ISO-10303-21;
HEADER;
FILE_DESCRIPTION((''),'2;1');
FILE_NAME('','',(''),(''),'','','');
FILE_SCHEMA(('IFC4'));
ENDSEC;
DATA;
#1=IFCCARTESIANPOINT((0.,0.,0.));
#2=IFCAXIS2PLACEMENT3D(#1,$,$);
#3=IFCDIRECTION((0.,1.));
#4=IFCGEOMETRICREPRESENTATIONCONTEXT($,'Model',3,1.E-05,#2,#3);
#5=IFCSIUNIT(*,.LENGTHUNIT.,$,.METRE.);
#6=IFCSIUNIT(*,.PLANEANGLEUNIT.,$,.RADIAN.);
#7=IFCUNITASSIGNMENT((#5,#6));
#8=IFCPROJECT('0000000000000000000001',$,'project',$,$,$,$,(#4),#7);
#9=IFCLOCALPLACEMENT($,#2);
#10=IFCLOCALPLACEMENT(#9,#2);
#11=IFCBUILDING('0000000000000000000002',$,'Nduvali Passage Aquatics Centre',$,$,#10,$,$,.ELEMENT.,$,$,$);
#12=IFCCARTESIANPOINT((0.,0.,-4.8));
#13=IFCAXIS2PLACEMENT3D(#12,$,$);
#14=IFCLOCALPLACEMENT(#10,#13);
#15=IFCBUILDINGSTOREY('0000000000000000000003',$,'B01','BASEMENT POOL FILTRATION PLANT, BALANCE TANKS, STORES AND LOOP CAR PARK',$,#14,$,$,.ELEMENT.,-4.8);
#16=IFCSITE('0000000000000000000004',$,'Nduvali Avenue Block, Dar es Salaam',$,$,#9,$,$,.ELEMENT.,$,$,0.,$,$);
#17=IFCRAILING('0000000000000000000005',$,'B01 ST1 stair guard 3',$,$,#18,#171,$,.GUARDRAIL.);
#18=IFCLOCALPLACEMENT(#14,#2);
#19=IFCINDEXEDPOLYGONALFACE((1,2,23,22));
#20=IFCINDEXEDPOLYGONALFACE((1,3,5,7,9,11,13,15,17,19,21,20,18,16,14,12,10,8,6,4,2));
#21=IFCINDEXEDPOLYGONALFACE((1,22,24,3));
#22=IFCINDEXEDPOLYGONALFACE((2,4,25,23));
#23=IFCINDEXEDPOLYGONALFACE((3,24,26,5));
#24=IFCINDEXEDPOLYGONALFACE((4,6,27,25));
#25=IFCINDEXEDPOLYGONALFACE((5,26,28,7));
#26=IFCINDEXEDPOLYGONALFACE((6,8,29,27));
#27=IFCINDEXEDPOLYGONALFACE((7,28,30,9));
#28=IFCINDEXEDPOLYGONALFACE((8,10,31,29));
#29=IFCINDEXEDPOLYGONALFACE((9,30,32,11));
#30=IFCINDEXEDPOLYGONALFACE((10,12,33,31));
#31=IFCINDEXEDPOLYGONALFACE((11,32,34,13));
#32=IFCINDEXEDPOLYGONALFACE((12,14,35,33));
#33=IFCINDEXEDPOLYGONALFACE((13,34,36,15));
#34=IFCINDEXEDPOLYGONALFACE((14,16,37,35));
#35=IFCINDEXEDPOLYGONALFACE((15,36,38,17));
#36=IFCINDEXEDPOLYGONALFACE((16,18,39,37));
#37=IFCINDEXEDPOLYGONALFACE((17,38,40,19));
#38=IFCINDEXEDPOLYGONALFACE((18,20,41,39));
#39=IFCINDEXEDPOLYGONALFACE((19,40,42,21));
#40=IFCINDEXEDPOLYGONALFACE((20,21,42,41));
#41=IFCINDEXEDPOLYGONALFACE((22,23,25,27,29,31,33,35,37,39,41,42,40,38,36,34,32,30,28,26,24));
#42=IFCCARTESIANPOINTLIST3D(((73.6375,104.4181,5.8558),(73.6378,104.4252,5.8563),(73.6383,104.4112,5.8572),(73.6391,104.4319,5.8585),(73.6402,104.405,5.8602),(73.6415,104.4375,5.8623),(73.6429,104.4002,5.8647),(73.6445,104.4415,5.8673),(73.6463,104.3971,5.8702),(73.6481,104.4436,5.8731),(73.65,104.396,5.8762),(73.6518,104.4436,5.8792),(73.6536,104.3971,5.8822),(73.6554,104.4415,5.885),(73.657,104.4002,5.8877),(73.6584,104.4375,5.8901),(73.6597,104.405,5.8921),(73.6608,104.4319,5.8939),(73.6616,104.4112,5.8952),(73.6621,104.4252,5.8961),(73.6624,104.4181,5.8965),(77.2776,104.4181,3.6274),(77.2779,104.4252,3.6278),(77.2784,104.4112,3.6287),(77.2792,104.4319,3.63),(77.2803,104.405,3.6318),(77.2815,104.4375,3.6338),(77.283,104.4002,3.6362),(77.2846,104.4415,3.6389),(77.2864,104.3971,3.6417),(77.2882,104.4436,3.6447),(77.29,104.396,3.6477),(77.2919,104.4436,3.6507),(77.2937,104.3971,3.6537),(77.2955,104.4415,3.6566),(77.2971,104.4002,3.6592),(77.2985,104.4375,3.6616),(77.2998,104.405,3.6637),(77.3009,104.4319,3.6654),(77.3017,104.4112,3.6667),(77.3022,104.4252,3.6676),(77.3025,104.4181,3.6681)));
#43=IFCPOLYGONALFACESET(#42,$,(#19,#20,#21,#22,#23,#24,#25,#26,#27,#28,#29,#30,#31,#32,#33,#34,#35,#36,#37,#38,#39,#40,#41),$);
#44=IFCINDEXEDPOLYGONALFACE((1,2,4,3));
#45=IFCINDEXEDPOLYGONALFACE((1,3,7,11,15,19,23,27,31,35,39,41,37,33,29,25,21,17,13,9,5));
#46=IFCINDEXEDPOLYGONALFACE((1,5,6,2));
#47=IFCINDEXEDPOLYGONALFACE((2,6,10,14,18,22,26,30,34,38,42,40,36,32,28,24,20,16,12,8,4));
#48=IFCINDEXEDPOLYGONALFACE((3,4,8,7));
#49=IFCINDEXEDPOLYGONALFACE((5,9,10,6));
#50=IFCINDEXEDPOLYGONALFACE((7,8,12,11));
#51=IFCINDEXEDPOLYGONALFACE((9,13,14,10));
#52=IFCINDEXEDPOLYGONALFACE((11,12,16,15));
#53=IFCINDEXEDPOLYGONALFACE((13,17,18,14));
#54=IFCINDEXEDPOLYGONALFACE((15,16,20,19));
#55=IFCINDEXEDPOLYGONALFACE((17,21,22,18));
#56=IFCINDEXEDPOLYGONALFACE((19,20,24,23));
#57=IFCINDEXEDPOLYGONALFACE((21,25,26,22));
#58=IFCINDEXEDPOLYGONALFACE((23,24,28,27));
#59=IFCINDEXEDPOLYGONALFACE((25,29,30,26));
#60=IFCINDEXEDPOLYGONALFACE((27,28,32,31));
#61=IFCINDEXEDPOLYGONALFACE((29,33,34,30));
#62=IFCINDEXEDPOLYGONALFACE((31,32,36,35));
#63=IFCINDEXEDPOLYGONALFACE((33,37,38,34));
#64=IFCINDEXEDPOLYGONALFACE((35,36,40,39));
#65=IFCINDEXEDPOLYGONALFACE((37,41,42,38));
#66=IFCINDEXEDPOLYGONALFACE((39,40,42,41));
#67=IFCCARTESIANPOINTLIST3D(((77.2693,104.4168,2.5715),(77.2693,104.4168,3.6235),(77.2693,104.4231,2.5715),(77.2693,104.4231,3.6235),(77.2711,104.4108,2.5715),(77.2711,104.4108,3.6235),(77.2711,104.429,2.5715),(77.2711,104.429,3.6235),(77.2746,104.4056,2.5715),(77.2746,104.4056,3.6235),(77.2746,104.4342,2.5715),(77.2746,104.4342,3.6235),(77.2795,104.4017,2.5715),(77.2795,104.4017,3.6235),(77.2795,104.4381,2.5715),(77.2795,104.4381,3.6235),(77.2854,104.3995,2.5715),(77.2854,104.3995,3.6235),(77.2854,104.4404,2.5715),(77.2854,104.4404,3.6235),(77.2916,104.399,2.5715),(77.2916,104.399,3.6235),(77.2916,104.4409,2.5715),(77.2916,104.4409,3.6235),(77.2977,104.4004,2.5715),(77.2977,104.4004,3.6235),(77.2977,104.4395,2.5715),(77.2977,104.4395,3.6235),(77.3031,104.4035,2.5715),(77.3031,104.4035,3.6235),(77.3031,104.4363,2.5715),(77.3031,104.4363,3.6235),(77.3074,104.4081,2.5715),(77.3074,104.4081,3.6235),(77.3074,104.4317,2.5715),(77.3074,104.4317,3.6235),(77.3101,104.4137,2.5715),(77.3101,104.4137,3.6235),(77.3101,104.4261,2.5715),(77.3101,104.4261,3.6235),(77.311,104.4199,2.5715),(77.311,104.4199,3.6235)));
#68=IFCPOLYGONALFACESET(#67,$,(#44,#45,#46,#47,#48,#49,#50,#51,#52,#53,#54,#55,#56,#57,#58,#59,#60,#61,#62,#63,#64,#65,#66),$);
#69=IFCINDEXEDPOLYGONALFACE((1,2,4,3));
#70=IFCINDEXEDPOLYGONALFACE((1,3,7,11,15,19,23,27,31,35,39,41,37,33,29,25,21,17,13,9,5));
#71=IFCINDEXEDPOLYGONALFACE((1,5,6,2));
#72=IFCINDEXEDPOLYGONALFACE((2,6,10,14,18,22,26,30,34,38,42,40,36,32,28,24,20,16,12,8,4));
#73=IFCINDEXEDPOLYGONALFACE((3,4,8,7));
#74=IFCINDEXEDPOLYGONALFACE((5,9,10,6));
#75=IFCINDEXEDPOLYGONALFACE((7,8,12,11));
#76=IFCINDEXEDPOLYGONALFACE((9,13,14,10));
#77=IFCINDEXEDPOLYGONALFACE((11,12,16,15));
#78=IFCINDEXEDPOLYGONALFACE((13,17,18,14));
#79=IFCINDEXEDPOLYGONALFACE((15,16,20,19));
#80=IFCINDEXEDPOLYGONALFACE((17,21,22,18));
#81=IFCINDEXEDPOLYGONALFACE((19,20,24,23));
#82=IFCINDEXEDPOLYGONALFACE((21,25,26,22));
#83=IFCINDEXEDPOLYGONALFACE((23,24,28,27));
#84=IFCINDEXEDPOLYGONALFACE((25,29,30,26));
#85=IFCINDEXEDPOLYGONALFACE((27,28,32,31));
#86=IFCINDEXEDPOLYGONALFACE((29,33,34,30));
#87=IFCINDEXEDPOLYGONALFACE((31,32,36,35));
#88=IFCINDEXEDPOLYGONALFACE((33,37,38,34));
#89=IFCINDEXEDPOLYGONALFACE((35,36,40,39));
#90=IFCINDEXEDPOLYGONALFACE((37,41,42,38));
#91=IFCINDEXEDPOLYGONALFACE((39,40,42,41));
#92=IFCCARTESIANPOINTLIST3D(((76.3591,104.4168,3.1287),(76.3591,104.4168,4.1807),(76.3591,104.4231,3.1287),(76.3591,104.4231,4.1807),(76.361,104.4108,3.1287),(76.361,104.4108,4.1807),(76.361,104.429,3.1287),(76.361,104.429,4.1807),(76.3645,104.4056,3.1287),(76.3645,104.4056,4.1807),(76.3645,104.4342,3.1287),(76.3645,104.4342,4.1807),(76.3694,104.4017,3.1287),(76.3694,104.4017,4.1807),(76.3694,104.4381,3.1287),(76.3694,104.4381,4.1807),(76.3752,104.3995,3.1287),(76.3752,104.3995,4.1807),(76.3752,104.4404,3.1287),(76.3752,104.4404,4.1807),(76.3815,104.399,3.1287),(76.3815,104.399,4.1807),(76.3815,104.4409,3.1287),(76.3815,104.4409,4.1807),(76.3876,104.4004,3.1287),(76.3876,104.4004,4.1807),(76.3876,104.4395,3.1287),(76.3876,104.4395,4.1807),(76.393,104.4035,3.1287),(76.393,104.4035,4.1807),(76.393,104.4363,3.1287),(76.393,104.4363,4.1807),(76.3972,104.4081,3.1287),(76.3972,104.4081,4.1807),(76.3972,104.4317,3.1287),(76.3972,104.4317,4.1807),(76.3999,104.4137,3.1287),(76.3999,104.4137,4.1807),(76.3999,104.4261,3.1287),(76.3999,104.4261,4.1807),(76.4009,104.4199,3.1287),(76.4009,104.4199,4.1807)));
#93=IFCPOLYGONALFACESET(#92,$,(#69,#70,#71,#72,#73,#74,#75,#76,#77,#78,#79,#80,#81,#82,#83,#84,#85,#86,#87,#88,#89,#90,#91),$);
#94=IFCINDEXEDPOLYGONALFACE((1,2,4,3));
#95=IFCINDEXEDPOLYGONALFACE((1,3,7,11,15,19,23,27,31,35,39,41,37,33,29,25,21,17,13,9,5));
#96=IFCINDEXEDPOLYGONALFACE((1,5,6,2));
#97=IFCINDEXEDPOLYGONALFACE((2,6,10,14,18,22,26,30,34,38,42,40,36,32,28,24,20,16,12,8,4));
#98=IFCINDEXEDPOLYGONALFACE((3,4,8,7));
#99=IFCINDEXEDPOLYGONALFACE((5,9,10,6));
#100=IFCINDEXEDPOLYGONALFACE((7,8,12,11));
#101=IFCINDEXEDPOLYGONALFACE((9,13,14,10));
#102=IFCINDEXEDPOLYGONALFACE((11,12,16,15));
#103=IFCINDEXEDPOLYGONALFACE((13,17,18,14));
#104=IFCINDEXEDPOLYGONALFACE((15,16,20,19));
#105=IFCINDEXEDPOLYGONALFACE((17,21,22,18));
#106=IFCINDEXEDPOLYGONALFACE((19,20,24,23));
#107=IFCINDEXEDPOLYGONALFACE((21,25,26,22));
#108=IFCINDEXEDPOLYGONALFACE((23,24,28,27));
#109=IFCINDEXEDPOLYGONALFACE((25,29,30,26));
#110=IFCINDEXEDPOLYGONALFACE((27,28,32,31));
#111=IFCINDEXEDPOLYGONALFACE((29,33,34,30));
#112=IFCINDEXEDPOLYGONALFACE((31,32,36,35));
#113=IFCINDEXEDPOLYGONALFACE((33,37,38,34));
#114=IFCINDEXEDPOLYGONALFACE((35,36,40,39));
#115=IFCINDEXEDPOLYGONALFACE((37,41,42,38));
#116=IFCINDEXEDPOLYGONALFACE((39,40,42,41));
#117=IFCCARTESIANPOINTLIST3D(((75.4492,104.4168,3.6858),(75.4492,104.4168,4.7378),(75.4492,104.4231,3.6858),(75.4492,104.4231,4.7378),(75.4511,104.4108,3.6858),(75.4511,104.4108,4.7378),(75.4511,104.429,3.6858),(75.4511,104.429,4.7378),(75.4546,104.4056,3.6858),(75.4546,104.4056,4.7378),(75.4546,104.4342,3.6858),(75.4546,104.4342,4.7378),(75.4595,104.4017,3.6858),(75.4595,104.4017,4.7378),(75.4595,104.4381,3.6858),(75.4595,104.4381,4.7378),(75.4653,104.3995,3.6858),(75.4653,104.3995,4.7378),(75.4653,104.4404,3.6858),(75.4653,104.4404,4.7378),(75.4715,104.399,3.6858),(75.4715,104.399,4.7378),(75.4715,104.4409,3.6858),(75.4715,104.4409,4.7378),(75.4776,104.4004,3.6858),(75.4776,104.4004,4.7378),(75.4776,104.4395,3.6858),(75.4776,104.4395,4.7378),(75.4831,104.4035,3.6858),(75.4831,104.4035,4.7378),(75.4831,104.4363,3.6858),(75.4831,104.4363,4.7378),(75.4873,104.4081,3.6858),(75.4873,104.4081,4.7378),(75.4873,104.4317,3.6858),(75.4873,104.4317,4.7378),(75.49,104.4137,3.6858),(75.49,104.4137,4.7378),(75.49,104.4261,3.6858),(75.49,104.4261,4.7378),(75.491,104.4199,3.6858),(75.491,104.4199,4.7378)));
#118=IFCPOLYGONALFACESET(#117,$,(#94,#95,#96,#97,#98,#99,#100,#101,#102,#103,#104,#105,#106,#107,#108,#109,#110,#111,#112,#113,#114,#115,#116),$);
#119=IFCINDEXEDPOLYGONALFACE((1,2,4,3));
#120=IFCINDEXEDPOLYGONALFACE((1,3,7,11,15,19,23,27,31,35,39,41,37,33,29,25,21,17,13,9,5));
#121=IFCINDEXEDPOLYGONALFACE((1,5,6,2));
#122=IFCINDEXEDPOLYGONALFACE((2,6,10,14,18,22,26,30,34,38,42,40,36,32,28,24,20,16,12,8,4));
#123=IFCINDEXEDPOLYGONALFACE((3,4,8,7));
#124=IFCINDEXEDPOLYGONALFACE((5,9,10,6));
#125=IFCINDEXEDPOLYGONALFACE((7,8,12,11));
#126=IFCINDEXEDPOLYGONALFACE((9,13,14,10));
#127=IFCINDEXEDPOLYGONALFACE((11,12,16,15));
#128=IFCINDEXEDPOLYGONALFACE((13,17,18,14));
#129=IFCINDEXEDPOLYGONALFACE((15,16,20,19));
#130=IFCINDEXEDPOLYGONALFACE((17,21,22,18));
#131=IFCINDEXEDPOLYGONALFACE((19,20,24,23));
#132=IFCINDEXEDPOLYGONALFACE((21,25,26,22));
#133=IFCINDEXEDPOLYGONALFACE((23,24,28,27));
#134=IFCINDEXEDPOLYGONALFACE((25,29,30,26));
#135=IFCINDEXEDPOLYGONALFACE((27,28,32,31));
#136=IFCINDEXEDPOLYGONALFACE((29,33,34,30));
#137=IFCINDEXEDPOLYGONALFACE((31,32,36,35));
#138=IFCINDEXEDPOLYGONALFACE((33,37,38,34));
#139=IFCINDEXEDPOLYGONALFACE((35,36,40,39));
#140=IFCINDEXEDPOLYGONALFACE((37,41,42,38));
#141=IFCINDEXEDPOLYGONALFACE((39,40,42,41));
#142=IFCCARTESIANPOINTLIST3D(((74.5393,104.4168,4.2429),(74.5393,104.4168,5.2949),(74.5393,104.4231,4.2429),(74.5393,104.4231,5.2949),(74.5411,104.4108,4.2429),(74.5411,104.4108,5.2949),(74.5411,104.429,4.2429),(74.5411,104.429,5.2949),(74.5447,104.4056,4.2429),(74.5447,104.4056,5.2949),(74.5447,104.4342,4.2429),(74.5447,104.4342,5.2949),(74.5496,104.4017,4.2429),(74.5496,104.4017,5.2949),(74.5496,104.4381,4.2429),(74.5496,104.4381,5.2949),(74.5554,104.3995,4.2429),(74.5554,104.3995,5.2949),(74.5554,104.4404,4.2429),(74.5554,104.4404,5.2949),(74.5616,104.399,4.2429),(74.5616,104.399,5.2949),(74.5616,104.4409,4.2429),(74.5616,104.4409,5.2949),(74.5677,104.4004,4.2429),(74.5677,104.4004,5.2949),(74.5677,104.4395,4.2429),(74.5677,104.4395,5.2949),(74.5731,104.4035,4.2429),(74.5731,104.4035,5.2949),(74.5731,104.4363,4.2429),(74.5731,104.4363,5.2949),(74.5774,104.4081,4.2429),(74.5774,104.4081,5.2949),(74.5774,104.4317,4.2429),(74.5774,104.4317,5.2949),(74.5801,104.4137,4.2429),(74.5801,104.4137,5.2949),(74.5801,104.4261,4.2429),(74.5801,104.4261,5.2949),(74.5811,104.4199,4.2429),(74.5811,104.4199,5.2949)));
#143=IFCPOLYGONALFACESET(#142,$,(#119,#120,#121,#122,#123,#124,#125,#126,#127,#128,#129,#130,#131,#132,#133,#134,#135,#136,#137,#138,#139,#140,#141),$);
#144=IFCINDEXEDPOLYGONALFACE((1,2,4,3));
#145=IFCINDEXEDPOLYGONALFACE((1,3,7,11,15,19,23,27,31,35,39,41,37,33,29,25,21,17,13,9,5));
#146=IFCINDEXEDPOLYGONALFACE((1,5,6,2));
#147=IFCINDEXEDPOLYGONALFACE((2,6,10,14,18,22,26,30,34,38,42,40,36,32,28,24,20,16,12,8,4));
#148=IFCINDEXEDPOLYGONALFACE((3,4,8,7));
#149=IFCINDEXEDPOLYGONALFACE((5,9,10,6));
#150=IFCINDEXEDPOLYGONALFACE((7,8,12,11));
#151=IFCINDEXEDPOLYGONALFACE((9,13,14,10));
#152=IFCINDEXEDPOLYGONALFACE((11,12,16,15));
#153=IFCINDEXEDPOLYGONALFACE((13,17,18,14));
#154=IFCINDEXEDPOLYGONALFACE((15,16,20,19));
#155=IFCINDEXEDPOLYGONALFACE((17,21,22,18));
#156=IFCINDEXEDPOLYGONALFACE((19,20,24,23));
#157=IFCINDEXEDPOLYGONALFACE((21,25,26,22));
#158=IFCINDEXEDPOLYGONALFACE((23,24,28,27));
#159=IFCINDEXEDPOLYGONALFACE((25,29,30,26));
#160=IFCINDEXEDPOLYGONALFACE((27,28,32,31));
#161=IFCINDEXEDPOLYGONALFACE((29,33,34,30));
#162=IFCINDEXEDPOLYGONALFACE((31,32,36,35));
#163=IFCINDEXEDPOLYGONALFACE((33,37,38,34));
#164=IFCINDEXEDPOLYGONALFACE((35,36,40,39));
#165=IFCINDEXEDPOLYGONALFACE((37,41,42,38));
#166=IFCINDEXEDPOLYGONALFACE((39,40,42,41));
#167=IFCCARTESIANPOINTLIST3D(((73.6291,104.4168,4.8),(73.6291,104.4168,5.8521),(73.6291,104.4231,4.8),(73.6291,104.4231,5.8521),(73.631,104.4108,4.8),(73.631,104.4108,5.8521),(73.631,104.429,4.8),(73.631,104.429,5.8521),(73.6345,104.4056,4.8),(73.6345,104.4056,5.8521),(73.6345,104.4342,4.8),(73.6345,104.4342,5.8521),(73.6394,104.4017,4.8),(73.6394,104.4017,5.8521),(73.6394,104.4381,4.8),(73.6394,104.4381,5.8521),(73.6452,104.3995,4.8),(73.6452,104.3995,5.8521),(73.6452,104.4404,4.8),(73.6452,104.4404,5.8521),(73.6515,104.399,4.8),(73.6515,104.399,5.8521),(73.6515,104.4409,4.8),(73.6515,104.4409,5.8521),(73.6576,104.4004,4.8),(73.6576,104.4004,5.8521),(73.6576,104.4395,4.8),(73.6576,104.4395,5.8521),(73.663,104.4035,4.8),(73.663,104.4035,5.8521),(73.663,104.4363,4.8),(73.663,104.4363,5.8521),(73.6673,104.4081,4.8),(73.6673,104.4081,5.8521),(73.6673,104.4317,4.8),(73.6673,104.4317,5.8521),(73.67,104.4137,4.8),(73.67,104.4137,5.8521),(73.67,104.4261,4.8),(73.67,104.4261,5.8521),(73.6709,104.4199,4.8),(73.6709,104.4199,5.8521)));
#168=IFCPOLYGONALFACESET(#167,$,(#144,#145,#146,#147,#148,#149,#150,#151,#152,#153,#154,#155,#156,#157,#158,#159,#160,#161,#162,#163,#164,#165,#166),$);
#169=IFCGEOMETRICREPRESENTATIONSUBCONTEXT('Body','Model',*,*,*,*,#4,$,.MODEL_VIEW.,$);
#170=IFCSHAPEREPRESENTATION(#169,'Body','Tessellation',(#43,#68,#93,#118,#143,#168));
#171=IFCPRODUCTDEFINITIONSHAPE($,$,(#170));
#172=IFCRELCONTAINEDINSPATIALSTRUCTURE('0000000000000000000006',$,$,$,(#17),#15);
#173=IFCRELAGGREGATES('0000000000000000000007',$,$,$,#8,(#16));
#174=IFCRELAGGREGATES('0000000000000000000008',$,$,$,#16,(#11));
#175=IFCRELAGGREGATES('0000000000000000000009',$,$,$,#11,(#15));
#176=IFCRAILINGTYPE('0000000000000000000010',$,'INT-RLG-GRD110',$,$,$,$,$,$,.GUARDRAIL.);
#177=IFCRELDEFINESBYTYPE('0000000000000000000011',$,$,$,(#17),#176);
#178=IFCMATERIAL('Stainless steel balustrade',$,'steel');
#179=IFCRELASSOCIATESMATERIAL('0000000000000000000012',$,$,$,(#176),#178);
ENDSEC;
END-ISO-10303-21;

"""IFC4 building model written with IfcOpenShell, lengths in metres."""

from ifc_helpers import new_model, si_unit, direction, frame, origin, origin_2d, place, context, subcontext, project, spatial, circle, extrude, material, type_object, element, save


model = new_model("IFC4")

# Units and contexts
model_context = context("Model", 3, precision=1e-05, world=origin(), true_north=direction((0.0, 1.0)))
body_context = subcontext(model_context, "Body", "Model", "MODEL_VIEW")
ifc_project = project(units=[si_unit("LENGTHUNIT", "METRE"), si_unit("PLANEANGLEUNIT", "RADIAN")], contexts=[model_context])

# Site, building, storey
site_placement = place(None, origin())
site = spatial("IfcSite", under=ifc_project, at=site_placement, Name="Nduvali Avenue Block, Dar es Salaam", CompositionType="ELEMENT", RefElevation=0.0)
building_placement = place(site_placement, origin())
building = spatial("IfcBuilding", under=site, at=building_placement, Name="Nduvali Passage Aquatics Centre", CompositionType="ELEMENT")
storey_placement = place(building_placement, frame((0.0, 0.0, -4.8)))
storey = spatial("IfcBuildingStorey", under=building, at=storey_placement, Name="B01", Description="BASEMENT POOL FILTRATION PLANT, BALANCE TANKS, STORES AND LOOP CAR PARK", CompositionType="ELEMENT", Elevation=-4.8)

# Railing
ifc_material_1 = material(Name="Stainless steel balustrade", Category="steel")
railing_type_1 = type_object("IfcRailingType", Name="INT-RLG-GRD110", PredefinedType="GUARDRAIL", material=ifc_material_1)
railing_1_placement = place(storey_placement, frame((77.29, 104.4199, 2.5715)))
element("IfcRailing", 1, at=railing_1_placement, inside=storey, type_object=railing_type_1, Name="B01 ST1 stair guard 3", PredefinedType="GUARDRAIL", context=body_context, shape_type="SweptSolid", body=[
    extrude(circle(Radius=0.0239, at=origin_2d()), frame((0.0, 0.0, 1.0762), z_axis=(-0.852866, 0.0, 0.52213), x_axis=(0.0, -1.0, 0.0)), (0.0, 0.0, 1.0), 4.2681),
    extrude(circle(Radius=0.021, at=origin_2d()), origin(), (0.0, 0.0, 1.0), 1.052),
    extrude(circle(Radius=0.021, at=origin_2d()), frame((-0.9102, 0.0, 0.5571)), (0.0, 0.0, 1.0), 1.052),
    extrude(circle(Radius=0.021, at=origin_2d()), frame((-1.8201, 0.0, 1.1143)), (0.0, 0.0, 1.0), 1.052),
    extrude(circle(Radius=0.021, at=origin_2d()), frame((-2.73, 0.0, 1.6714)), (0.0, 0.0, 1.0), 1.052),
    extrude(circle(Radius=0.021, at=origin_2d()), frame((-3.6401, 0.0, 2.2285)), (0.0, 0.0, 1.0), 1.052),
])

save(model, "model.ifc")
